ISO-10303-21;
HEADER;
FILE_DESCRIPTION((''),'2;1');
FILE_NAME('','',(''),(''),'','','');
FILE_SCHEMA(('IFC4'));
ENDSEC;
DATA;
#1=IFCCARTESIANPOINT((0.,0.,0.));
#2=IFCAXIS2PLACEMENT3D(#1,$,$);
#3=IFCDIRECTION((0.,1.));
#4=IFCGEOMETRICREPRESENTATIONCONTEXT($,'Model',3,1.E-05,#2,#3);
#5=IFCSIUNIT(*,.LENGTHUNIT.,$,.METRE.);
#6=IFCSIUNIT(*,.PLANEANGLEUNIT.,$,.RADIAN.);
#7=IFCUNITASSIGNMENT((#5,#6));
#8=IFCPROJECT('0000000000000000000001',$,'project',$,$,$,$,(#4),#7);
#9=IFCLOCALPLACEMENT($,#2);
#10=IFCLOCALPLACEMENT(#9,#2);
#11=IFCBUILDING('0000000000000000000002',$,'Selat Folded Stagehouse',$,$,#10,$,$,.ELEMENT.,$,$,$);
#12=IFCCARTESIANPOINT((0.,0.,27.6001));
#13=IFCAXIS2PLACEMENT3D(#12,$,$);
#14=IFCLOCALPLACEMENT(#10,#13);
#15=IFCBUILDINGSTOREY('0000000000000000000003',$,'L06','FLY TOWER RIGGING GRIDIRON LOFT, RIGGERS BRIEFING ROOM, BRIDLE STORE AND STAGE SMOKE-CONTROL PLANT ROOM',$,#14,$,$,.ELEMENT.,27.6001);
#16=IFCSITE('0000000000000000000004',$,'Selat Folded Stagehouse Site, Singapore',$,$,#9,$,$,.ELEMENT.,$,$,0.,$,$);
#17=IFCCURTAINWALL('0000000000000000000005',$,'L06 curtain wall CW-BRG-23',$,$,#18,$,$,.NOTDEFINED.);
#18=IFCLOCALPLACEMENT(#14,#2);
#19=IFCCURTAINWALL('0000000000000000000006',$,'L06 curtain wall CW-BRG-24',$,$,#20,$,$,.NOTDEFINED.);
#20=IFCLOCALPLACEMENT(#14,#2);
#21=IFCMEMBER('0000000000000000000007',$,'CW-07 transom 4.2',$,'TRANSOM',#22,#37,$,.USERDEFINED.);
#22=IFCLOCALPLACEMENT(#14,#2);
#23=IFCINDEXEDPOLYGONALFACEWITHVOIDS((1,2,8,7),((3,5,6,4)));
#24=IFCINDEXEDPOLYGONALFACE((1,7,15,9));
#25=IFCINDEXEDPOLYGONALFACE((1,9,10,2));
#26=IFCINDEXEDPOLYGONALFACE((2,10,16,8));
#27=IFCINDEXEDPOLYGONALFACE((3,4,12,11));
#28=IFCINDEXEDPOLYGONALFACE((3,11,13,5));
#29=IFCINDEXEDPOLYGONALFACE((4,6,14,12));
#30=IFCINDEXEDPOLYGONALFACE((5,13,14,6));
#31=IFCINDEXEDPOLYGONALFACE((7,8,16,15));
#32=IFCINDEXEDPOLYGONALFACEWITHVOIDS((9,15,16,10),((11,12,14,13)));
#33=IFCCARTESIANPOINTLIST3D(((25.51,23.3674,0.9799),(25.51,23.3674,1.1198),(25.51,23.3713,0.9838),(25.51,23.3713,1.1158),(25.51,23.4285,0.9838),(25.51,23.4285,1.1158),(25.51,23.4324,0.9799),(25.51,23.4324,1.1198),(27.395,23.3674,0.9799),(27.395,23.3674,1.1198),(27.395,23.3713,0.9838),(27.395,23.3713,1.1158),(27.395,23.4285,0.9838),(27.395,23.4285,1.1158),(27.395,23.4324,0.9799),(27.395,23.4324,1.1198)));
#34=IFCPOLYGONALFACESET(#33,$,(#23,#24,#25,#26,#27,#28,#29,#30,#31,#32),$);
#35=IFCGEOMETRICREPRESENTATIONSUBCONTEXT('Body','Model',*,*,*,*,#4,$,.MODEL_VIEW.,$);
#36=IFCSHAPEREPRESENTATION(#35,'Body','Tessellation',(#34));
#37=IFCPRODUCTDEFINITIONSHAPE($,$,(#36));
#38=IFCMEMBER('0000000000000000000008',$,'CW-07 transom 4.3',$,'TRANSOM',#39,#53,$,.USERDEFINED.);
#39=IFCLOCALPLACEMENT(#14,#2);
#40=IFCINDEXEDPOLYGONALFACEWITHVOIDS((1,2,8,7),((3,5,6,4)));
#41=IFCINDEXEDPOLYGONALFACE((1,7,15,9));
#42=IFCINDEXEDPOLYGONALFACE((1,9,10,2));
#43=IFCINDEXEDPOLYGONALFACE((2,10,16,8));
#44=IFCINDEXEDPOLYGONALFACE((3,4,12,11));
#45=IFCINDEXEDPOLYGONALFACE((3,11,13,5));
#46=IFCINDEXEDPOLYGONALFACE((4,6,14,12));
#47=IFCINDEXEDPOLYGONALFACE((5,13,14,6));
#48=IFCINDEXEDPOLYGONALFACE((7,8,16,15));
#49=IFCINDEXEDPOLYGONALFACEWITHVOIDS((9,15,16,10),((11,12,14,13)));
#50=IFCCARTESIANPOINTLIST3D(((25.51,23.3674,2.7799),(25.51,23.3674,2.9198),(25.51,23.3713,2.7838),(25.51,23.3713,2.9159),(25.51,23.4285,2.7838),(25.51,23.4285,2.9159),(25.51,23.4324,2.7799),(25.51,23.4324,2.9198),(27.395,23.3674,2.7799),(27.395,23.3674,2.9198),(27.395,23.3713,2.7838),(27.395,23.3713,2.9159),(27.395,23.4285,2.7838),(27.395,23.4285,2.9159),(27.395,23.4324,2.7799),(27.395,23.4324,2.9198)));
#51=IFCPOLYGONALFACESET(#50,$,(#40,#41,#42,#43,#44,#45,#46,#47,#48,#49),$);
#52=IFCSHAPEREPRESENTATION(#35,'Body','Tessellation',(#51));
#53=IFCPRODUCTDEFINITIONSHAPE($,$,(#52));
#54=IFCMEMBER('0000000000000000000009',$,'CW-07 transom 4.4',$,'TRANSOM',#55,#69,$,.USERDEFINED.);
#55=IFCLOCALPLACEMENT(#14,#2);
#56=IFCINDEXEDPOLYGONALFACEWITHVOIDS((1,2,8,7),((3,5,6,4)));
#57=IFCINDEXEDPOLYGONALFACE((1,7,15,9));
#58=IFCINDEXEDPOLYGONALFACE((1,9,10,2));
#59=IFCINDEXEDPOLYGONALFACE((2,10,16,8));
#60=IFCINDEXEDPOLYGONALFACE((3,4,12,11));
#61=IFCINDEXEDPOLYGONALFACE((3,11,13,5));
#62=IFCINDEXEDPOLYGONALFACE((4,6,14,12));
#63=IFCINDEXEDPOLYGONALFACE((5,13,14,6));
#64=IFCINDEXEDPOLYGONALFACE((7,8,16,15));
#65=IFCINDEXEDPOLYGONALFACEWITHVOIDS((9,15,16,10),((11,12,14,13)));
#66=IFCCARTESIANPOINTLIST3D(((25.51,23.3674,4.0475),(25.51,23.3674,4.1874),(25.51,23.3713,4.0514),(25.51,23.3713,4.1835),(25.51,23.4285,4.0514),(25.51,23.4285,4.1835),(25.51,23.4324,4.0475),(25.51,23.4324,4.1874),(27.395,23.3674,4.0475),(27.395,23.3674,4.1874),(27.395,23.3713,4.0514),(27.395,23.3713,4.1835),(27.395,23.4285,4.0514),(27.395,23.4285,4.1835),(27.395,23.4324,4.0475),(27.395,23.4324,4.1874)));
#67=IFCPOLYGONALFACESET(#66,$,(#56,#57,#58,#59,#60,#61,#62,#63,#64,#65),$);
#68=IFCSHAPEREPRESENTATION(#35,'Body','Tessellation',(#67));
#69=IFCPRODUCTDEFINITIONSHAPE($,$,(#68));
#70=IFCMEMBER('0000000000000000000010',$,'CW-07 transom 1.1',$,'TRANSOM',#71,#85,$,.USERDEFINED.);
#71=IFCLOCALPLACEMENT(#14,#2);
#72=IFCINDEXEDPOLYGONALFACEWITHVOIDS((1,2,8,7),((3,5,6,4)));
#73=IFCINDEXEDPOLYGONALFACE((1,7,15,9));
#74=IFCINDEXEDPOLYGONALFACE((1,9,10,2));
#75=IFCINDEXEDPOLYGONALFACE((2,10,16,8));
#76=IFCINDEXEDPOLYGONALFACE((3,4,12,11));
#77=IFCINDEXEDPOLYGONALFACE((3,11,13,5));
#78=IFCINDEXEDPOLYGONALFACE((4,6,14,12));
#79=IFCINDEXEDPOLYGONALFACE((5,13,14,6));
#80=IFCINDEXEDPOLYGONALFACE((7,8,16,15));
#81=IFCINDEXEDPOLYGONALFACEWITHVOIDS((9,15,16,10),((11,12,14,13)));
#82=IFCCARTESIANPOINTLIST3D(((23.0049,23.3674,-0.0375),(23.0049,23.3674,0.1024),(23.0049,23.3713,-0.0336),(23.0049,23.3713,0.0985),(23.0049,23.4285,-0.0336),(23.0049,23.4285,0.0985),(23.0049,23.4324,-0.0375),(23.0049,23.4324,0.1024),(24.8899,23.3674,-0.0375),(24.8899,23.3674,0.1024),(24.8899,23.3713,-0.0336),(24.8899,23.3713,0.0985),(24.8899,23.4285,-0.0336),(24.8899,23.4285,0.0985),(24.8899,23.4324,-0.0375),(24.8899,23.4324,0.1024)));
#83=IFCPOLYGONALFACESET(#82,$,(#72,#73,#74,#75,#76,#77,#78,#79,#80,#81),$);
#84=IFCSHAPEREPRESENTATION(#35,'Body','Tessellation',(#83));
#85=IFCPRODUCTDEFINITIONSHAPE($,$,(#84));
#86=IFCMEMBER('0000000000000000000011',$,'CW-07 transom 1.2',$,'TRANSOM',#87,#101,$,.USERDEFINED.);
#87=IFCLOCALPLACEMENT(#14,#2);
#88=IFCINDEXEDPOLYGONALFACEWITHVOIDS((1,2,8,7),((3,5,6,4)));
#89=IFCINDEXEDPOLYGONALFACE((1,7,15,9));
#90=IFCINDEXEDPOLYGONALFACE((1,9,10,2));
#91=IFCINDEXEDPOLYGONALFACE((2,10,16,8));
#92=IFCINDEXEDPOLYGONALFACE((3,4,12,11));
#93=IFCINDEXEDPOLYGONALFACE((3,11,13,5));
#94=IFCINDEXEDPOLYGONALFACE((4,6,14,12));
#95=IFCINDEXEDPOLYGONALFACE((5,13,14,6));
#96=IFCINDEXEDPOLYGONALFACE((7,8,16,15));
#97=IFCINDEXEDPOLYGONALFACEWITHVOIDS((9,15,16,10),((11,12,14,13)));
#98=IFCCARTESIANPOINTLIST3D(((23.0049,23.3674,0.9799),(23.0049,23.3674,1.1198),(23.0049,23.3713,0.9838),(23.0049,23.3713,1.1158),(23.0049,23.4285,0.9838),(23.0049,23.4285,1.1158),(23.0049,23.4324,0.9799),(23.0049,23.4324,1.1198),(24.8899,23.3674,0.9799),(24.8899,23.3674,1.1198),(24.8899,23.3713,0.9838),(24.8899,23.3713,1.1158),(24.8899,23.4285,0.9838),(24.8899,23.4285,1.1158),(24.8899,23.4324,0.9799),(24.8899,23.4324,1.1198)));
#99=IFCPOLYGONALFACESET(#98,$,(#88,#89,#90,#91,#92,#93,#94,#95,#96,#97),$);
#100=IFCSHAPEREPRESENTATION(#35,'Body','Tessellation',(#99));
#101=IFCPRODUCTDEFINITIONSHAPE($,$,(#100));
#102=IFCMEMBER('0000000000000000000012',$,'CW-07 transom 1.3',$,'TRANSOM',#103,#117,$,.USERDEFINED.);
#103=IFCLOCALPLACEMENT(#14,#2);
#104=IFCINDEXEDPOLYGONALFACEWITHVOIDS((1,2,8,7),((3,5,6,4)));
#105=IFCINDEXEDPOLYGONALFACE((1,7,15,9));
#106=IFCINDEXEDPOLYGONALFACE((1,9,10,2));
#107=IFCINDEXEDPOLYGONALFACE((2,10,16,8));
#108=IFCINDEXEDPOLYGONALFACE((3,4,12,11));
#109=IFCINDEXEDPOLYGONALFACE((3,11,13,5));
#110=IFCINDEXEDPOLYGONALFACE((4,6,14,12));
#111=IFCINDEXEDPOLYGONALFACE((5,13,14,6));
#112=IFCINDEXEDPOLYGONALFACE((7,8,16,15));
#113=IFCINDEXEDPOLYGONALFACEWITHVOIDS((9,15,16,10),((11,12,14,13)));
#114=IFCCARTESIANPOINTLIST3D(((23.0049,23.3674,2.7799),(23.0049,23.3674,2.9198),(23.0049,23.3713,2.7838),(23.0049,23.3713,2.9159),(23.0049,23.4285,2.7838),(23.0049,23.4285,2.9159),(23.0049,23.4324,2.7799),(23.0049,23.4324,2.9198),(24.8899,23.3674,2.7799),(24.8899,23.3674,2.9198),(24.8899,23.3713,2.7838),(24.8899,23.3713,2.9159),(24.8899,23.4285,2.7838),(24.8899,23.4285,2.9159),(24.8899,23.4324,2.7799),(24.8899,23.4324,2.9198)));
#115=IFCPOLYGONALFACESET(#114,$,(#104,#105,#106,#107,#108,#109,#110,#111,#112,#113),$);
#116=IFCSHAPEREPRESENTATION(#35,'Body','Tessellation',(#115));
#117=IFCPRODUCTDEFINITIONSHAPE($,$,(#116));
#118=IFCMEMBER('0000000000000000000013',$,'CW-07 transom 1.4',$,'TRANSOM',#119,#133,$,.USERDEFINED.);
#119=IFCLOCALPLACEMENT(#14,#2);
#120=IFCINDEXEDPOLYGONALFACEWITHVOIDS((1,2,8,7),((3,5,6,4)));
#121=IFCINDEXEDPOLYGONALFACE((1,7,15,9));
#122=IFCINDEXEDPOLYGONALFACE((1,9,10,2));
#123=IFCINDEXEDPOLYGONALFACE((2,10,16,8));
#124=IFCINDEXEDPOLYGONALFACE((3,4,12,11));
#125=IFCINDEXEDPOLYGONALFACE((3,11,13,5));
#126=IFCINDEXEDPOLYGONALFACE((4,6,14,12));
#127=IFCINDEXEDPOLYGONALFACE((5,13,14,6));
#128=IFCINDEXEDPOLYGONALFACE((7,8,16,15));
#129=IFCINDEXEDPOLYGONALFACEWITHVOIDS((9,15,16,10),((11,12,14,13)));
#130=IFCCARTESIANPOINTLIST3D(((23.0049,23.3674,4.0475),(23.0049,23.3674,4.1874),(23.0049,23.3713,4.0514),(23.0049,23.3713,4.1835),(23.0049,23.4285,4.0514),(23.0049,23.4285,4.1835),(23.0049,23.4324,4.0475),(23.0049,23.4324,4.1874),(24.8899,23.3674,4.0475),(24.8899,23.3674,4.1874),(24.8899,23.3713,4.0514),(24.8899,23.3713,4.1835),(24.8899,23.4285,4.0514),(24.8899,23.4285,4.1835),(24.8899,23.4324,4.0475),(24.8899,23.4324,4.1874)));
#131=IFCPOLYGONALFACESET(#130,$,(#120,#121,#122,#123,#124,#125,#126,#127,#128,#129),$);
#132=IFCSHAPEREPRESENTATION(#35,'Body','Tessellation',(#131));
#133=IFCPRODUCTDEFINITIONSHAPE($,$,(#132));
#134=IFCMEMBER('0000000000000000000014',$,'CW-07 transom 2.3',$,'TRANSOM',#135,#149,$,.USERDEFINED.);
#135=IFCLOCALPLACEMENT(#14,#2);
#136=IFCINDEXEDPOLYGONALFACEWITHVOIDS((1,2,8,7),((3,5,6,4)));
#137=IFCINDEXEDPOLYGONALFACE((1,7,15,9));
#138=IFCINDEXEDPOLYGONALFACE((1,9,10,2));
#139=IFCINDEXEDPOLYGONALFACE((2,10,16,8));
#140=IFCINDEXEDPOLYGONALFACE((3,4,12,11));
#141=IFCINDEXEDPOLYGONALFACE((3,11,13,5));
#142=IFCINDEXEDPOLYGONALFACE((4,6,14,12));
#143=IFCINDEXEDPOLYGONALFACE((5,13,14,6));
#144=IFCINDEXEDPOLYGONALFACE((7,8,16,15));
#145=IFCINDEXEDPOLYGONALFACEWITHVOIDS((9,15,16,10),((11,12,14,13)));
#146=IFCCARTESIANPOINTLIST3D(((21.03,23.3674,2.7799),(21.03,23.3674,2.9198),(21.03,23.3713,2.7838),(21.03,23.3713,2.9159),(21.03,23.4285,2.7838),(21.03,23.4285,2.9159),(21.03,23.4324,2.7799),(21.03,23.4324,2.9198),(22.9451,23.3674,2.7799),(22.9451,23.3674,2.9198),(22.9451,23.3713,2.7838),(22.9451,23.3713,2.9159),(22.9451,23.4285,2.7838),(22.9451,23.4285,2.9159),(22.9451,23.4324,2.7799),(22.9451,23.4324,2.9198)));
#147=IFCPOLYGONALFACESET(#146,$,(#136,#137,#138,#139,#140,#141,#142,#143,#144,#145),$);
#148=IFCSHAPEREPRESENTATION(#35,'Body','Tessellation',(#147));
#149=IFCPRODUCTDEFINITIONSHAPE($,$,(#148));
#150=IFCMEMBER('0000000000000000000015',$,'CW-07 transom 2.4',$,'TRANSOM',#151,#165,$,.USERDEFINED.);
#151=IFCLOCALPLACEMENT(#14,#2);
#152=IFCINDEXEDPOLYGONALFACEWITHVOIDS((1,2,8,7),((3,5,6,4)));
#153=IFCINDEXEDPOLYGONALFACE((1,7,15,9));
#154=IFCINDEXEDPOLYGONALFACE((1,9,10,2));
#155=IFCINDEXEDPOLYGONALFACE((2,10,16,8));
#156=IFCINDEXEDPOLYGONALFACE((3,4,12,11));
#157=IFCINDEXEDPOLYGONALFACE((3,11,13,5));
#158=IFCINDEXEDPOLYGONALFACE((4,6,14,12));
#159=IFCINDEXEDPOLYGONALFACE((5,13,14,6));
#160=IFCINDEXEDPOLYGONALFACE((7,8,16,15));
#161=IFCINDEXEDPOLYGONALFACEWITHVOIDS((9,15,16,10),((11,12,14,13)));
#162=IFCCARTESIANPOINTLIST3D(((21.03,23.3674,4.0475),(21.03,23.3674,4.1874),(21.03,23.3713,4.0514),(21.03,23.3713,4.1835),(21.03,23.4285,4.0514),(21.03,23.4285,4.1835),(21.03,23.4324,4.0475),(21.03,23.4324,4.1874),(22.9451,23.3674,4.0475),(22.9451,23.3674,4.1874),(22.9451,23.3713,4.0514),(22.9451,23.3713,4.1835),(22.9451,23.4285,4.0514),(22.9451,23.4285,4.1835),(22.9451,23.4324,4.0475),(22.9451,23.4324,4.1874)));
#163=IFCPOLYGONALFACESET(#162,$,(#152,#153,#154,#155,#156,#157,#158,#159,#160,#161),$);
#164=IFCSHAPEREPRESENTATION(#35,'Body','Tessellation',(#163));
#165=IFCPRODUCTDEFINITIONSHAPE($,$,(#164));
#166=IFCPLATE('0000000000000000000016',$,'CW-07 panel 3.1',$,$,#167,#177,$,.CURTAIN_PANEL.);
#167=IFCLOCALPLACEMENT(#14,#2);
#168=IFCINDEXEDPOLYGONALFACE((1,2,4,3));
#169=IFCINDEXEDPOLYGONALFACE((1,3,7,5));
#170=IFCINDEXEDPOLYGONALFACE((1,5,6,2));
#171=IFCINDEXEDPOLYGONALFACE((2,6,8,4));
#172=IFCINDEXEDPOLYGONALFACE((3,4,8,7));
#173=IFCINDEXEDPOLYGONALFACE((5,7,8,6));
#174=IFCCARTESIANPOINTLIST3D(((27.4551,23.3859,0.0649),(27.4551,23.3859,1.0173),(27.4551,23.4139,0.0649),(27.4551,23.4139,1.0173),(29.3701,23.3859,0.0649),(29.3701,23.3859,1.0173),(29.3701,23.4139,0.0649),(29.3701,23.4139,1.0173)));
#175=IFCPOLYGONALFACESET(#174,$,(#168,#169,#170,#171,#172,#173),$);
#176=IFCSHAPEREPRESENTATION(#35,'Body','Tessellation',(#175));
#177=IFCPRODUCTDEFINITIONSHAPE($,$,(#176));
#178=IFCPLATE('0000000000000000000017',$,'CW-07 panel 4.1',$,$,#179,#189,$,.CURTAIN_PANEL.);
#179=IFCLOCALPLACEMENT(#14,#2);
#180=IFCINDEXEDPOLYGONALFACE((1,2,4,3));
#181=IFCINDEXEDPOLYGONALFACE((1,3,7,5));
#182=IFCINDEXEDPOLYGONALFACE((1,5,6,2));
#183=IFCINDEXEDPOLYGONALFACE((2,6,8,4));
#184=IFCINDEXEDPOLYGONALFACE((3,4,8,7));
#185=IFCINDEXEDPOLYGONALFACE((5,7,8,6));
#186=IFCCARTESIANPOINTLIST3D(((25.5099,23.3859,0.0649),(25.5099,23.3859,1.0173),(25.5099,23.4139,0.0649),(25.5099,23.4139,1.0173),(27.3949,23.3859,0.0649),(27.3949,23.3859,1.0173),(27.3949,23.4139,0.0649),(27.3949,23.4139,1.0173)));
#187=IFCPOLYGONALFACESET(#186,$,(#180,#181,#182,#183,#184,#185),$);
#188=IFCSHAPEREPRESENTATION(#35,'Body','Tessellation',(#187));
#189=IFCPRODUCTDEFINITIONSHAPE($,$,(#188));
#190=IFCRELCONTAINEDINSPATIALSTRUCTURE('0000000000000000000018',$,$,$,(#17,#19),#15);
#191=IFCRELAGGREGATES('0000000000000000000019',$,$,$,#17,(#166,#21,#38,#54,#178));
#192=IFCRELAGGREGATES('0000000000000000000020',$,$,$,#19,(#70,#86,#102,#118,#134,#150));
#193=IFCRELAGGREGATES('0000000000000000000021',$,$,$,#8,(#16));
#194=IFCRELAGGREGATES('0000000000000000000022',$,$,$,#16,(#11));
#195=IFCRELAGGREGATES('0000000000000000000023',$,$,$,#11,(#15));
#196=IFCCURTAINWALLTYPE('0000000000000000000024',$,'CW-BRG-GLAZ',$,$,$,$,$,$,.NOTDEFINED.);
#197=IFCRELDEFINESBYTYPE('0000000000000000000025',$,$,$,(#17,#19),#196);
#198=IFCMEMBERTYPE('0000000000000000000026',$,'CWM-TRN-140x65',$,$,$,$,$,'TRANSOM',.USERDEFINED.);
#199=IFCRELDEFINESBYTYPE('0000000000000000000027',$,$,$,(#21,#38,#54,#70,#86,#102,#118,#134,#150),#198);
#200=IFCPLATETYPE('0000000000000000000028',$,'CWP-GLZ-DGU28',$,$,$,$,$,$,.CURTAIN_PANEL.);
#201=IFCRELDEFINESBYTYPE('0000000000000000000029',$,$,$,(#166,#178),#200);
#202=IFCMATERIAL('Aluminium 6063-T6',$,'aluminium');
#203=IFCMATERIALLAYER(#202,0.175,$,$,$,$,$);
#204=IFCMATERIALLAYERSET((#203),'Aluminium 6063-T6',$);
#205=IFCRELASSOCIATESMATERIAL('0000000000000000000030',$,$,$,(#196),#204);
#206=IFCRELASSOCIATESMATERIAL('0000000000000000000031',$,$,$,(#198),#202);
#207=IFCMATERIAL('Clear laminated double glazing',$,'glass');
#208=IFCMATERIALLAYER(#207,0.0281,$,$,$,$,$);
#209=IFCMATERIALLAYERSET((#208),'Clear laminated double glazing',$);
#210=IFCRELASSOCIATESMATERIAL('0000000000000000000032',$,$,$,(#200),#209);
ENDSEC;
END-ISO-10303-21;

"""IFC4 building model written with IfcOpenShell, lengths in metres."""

from ifc_helpers import new_model, si_unit, direction, frame, origin, origin_2d, place, context, subcontext, project, spatial, rectangle, hollow_rectangle, extrude, material, layer, layer_set, material_profile, profile_set, type_object, element, aggregate, save


model = new_model("IFC4")

# Units and contexts
model_context = context("Model", 3, precision=1e-05, world=origin(), true_north=direction((0.0, 1.0)))
body_context = subcontext(model_context, "Body", "Model", "MODEL_VIEW")
ifc_project = project(units=[si_unit("LENGTHUNIT", "METRE"), si_unit("PLANEANGLEUNIT", "RADIAN")], contexts=[model_context])

# Site, building, storey
site_placement = place(None, origin())
site = spatial("IfcSite", under=ifc_project, at=site_placement, Name="Selat Folded Stagehouse Site, Singapore", CompositionType="ELEMENT", RefElevation=0.0)
building_placement = place(site_placement, origin())
building = spatial("IfcBuilding", under=site, at=building_placement, Name="Selat Folded Stagehouse", CompositionType="ELEMENT")
storey_placement = place(building_placement, frame((0.0, 0.0, 27.6001)))
storey = spatial("IfcBuildingStorey", under=building, at=storey_placement, Name="L06", Description="FLY TOWER RIGGING GRIDIRON LOFT, RIGGERS BRIEFING ROOM, BRIDLE STORE AND STAGE SMOKE-CONTROL PLANT ROOM", CompositionType="ELEMENT", Elevation=27.6001)

# Curtain walls
ifc_material_1 = material(Name="Aluminium 6063-T6", Category="aluminium")
ifc_layer_1 = layer(ifc_material_1, 0.175)
ifc_layer_set_1 = layer_set([ifc_layer_1], Name="Aluminium 6063-T6")
curtain_wall_type = type_object("IfcCurtainWallType", Name="CW-BRG-GLAZ", PredefinedType="NOTDEFINED", material=ifc_layer_set_1)
curtain_wall_1_placement = place(storey_placement, origin())
curtain_wall_1 = element("IfcCurtainWall", 1, at=curtain_wall_1_placement, inside=storey, type_object=curtain_wall_type, Name="L06 curtain wall CW-BRG-23", PredefinedType="NOTDEFINED")
curtain_wall_2_placement = place(storey_placement, origin())
curtain_wall_2 = element("IfcCurtainWall", 2, at=curtain_wall_2_placement, inside=storey, type_object=curtain_wall_type, Name="L06 curtain wall CW-BRG-24", PredefinedType="NOTDEFINED")

# Members
ifc_material_profile_1 = material_profile(ifc_material_1, hollow_rectangle(XDim=0.0649, YDim=0.1399, WallThickness=0.0039, at=origin_2d()), Name="ALU 140x65x4.0")
ifc_profile_set_1 = profile_set([ifc_material_profile_1], Name="Aluminium 6063-T6")
member_type_1 = type_object("IfcMemberType", Name="CWM-TRN-140x65", ElementType="TRANSOM", PredefinedType="USERDEFINED", material=ifc_profile_set_1)
member_1_placement = place(storey_placement, frame((27.395, 23.3999, 1.0498), z_axis=(-1.0, 0.0, 0.0), x_axis=(0.0, -1.0, 0.0)))
member_1 = element("IfcMember", 3, at=member_1_placement, type_object=member_type_1, Name="CW-07 transom 4.2", ObjectType="TRANSOM", PredefinedType="USERDEFINED", context=body_context, shape_type="SweptSolid", body=[
    extrude(hollow_rectangle(XDim=0.0649, YDim=0.1399, WallThickness=0.0039, at=origin_2d()), origin(), (0.0, 0.0, 1.0), 1.885),
])
member_2_placement = place(storey_placement, frame((27.395, 23.3999, 2.8499), z_axis=(-1.0, 0.0, 0.0), x_axis=(0.0, -1.0, 0.0)))
member_2 = element("IfcMember", 4, at=member_2_placement, type_object=member_type_1, Name="CW-07 transom 4.3", ObjectType="TRANSOM", PredefinedType="USERDEFINED", context=body_context, shape_type="SweptSolid", body=[
    extrude(hollow_rectangle(XDim=0.0649, YDim=0.1399, WallThickness=0.0039, at=origin_2d()), origin(), (0.0, 0.0, 1.0), 1.885),
])
member_3_placement = place(storey_placement, frame((27.395, 23.3999, 4.1174), z_axis=(-1.0, 0.0, 0.0), x_axis=(0.0, -1.0, 0.0)))
member_3 = element("IfcMember", 5, at=member_3_placement, type_object=member_type_1, Name="CW-07 transom 4.4", ObjectType="TRANSOM", PredefinedType="USERDEFINED", context=body_context, shape_type="SweptSolid", body=[
    extrude(hollow_rectangle(XDim=0.0649, YDim=0.1399, WallThickness=0.0039, at=origin_2d()), origin(), (0.0, 0.0, 1.0), 1.885),
])
member_4_placement = place(storey_placement, frame((24.8899, 23.3999, 0.0325), z_axis=(-1.0, 0.0, 0.0), x_axis=(0.0, -1.0, 0.0)))
member_4 = element("IfcMember", 6, at=member_4_placement, type_object=member_type_1, Name="CW-07 transom 1.1", ObjectType="TRANSOM", PredefinedType="USERDEFINED", context=body_context, shape_type="SweptSolid", body=[
    extrude(hollow_rectangle(XDim=0.0649, YDim=0.1399, WallThickness=0.0039, at=origin_2d()), origin(), (0.0, 0.0, 1.0), 1.885),
])
member_5_placement = place(storey_placement, frame((24.8899, 23.3999, 1.0498), z_axis=(-1.0, 0.0, 0.0), x_axis=(0.0, -1.0, 0.0)))
member_5 = element("IfcMember", 7, at=member_5_placement, type_object=member_type_1, Name="CW-07 transom 1.2", ObjectType="TRANSOM", PredefinedType="USERDEFINED", context=body_context, shape_type="SweptSolid", body=[
    extrude(hollow_rectangle(XDim=0.0649, YDim=0.1399, WallThickness=0.0039, at=origin_2d()), origin(), (0.0, 0.0, 1.0), 1.885),
])
member_6_placement = place(storey_placement, frame((24.8899, 23.3999, 2.8499), z_axis=(-1.0, 0.0, 0.0), x_axis=(0.0, -1.0, 0.0)))
member_6 = element("IfcMember", 8, at=member_6_placement, type_object=member_type_1, Name="CW-07 transom 1.3", ObjectType="TRANSOM", PredefinedType="USERDEFINED", context=body_context, shape_type="SweptSolid", body=[
    extrude(hollow_rectangle(XDim=0.0649, YDim=0.1399, WallThickness=0.0039, at=origin_2d()), origin(), (0.0, 0.0, 1.0), 1.885),
])
member_7_placement = place(storey_placement, frame((24.8899, 23.3999, 4.1174), z_axis=(-1.0, 0.0, 0.0), x_axis=(0.0, -1.0, 0.0)))
member_7 = element("IfcMember", 9, at=member_7_placement, type_object=member_type_1, Name="CW-07 transom 1.4", ObjectType="TRANSOM", PredefinedType="USERDEFINED", context=body_context, shape_type="SweptSolid", body=[
    extrude(hollow_rectangle(XDim=0.0649, YDim=0.1399, WallThickness=0.0039, at=origin_2d()), origin(), (0.0, 0.0, 1.0), 1.885),
])
member_8_placement = place(storey_placement, frame((22.9451, 23.3999, 2.8499), z_axis=(-1.0, 0.0, 0.0), x_axis=(0.0, -1.0, 0.0)))
member_8 = element("IfcMember", 10, at=member_8_placement, type_object=member_type_1, Name="CW-07 transom 2.3", ObjectType="TRANSOM", PredefinedType="USERDEFINED", context=body_context, shape_type="SweptSolid", body=[
    extrude(hollow_rectangle(XDim=0.0649, YDim=0.1399, WallThickness=0.0039, at=origin_2d()), origin(), (0.0, 0.0, 1.0), 1.915),
])
member_9_placement = place(storey_placement, frame((22.9451, 23.3999, 4.1174), z_axis=(-1.0, 0.0, 0.0), x_axis=(0.0, -1.0, 0.0)))
member_9 = element("IfcMember", 11, at=member_9_placement, type_object=member_type_1, Name="CW-07 transom 2.4", ObjectType="TRANSOM", PredefinedType="USERDEFINED", context=body_context, shape_type="SweptSolid", body=[
    extrude(hollow_rectangle(XDim=0.0649, YDim=0.1399, WallThickness=0.0039, at=origin_2d()), origin(), (0.0, 0.0, 1.0), 1.915),
])

# Plates
ifc_material_2 = material(Name="Clear laminated double glazing", Category="glass")
ifc_layer_2 = layer(ifc_material_2, 0.0281)
ifc_layer_set_2 = layer_set([ifc_layer_2], Name="Clear laminated double glazing")
plate_type = type_object("IfcPlateType", Name="CWP-GLZ-DGU28", PredefinedType="CURTAIN_PANEL", material=ifc_layer_set_2)
plate_1_placement = place(storey_placement, frame((28.4126, 23.3999, 0.0649), z_axis=(0.0, 0.0, 1.0), x_axis=(-1.0, 0.0, 0.0)))
plate_1 = element("IfcPlate", 12, at=plate_1_placement, type_object=plate_type, Name="CW-07 panel 3.1", PredefinedType="CURTAIN_PANEL", context=body_context, shape_type="SweptSolid", body=[
    extrude(rectangle(XDim=1.915, YDim=0.0281, at=origin_2d()), origin(), (0.0, 0.0, 1.0), 0.9524),
])
plate_2_placement = place(storey_placement, frame((26.4524, 23.3999, 0.0649), z_axis=(0.0, 0.0, 1.0), x_axis=(-1.0, 0.0, 0.0)))
plate_2 = element("IfcPlate", 13, at=plate_2_placement, type_object=plate_type, Name="CW-07 panel 4.1", PredefinedType="CURTAIN_PANEL", context=body_context, shape_type="SweptSolid", body=[
    extrude(rectangle(XDim=1.885, YDim=0.0281, at=origin_2d()), origin(), (0.0, 0.0, 1.0), 0.9524),
])
aggregate(curtain_wall_1, [plate_1, member_1, member_2, member_3, plate_2])
aggregate(curtain_wall_2, [member_4, member_5, member_6, member_7, member_8, member_9])

save(model, "model.ifc")
